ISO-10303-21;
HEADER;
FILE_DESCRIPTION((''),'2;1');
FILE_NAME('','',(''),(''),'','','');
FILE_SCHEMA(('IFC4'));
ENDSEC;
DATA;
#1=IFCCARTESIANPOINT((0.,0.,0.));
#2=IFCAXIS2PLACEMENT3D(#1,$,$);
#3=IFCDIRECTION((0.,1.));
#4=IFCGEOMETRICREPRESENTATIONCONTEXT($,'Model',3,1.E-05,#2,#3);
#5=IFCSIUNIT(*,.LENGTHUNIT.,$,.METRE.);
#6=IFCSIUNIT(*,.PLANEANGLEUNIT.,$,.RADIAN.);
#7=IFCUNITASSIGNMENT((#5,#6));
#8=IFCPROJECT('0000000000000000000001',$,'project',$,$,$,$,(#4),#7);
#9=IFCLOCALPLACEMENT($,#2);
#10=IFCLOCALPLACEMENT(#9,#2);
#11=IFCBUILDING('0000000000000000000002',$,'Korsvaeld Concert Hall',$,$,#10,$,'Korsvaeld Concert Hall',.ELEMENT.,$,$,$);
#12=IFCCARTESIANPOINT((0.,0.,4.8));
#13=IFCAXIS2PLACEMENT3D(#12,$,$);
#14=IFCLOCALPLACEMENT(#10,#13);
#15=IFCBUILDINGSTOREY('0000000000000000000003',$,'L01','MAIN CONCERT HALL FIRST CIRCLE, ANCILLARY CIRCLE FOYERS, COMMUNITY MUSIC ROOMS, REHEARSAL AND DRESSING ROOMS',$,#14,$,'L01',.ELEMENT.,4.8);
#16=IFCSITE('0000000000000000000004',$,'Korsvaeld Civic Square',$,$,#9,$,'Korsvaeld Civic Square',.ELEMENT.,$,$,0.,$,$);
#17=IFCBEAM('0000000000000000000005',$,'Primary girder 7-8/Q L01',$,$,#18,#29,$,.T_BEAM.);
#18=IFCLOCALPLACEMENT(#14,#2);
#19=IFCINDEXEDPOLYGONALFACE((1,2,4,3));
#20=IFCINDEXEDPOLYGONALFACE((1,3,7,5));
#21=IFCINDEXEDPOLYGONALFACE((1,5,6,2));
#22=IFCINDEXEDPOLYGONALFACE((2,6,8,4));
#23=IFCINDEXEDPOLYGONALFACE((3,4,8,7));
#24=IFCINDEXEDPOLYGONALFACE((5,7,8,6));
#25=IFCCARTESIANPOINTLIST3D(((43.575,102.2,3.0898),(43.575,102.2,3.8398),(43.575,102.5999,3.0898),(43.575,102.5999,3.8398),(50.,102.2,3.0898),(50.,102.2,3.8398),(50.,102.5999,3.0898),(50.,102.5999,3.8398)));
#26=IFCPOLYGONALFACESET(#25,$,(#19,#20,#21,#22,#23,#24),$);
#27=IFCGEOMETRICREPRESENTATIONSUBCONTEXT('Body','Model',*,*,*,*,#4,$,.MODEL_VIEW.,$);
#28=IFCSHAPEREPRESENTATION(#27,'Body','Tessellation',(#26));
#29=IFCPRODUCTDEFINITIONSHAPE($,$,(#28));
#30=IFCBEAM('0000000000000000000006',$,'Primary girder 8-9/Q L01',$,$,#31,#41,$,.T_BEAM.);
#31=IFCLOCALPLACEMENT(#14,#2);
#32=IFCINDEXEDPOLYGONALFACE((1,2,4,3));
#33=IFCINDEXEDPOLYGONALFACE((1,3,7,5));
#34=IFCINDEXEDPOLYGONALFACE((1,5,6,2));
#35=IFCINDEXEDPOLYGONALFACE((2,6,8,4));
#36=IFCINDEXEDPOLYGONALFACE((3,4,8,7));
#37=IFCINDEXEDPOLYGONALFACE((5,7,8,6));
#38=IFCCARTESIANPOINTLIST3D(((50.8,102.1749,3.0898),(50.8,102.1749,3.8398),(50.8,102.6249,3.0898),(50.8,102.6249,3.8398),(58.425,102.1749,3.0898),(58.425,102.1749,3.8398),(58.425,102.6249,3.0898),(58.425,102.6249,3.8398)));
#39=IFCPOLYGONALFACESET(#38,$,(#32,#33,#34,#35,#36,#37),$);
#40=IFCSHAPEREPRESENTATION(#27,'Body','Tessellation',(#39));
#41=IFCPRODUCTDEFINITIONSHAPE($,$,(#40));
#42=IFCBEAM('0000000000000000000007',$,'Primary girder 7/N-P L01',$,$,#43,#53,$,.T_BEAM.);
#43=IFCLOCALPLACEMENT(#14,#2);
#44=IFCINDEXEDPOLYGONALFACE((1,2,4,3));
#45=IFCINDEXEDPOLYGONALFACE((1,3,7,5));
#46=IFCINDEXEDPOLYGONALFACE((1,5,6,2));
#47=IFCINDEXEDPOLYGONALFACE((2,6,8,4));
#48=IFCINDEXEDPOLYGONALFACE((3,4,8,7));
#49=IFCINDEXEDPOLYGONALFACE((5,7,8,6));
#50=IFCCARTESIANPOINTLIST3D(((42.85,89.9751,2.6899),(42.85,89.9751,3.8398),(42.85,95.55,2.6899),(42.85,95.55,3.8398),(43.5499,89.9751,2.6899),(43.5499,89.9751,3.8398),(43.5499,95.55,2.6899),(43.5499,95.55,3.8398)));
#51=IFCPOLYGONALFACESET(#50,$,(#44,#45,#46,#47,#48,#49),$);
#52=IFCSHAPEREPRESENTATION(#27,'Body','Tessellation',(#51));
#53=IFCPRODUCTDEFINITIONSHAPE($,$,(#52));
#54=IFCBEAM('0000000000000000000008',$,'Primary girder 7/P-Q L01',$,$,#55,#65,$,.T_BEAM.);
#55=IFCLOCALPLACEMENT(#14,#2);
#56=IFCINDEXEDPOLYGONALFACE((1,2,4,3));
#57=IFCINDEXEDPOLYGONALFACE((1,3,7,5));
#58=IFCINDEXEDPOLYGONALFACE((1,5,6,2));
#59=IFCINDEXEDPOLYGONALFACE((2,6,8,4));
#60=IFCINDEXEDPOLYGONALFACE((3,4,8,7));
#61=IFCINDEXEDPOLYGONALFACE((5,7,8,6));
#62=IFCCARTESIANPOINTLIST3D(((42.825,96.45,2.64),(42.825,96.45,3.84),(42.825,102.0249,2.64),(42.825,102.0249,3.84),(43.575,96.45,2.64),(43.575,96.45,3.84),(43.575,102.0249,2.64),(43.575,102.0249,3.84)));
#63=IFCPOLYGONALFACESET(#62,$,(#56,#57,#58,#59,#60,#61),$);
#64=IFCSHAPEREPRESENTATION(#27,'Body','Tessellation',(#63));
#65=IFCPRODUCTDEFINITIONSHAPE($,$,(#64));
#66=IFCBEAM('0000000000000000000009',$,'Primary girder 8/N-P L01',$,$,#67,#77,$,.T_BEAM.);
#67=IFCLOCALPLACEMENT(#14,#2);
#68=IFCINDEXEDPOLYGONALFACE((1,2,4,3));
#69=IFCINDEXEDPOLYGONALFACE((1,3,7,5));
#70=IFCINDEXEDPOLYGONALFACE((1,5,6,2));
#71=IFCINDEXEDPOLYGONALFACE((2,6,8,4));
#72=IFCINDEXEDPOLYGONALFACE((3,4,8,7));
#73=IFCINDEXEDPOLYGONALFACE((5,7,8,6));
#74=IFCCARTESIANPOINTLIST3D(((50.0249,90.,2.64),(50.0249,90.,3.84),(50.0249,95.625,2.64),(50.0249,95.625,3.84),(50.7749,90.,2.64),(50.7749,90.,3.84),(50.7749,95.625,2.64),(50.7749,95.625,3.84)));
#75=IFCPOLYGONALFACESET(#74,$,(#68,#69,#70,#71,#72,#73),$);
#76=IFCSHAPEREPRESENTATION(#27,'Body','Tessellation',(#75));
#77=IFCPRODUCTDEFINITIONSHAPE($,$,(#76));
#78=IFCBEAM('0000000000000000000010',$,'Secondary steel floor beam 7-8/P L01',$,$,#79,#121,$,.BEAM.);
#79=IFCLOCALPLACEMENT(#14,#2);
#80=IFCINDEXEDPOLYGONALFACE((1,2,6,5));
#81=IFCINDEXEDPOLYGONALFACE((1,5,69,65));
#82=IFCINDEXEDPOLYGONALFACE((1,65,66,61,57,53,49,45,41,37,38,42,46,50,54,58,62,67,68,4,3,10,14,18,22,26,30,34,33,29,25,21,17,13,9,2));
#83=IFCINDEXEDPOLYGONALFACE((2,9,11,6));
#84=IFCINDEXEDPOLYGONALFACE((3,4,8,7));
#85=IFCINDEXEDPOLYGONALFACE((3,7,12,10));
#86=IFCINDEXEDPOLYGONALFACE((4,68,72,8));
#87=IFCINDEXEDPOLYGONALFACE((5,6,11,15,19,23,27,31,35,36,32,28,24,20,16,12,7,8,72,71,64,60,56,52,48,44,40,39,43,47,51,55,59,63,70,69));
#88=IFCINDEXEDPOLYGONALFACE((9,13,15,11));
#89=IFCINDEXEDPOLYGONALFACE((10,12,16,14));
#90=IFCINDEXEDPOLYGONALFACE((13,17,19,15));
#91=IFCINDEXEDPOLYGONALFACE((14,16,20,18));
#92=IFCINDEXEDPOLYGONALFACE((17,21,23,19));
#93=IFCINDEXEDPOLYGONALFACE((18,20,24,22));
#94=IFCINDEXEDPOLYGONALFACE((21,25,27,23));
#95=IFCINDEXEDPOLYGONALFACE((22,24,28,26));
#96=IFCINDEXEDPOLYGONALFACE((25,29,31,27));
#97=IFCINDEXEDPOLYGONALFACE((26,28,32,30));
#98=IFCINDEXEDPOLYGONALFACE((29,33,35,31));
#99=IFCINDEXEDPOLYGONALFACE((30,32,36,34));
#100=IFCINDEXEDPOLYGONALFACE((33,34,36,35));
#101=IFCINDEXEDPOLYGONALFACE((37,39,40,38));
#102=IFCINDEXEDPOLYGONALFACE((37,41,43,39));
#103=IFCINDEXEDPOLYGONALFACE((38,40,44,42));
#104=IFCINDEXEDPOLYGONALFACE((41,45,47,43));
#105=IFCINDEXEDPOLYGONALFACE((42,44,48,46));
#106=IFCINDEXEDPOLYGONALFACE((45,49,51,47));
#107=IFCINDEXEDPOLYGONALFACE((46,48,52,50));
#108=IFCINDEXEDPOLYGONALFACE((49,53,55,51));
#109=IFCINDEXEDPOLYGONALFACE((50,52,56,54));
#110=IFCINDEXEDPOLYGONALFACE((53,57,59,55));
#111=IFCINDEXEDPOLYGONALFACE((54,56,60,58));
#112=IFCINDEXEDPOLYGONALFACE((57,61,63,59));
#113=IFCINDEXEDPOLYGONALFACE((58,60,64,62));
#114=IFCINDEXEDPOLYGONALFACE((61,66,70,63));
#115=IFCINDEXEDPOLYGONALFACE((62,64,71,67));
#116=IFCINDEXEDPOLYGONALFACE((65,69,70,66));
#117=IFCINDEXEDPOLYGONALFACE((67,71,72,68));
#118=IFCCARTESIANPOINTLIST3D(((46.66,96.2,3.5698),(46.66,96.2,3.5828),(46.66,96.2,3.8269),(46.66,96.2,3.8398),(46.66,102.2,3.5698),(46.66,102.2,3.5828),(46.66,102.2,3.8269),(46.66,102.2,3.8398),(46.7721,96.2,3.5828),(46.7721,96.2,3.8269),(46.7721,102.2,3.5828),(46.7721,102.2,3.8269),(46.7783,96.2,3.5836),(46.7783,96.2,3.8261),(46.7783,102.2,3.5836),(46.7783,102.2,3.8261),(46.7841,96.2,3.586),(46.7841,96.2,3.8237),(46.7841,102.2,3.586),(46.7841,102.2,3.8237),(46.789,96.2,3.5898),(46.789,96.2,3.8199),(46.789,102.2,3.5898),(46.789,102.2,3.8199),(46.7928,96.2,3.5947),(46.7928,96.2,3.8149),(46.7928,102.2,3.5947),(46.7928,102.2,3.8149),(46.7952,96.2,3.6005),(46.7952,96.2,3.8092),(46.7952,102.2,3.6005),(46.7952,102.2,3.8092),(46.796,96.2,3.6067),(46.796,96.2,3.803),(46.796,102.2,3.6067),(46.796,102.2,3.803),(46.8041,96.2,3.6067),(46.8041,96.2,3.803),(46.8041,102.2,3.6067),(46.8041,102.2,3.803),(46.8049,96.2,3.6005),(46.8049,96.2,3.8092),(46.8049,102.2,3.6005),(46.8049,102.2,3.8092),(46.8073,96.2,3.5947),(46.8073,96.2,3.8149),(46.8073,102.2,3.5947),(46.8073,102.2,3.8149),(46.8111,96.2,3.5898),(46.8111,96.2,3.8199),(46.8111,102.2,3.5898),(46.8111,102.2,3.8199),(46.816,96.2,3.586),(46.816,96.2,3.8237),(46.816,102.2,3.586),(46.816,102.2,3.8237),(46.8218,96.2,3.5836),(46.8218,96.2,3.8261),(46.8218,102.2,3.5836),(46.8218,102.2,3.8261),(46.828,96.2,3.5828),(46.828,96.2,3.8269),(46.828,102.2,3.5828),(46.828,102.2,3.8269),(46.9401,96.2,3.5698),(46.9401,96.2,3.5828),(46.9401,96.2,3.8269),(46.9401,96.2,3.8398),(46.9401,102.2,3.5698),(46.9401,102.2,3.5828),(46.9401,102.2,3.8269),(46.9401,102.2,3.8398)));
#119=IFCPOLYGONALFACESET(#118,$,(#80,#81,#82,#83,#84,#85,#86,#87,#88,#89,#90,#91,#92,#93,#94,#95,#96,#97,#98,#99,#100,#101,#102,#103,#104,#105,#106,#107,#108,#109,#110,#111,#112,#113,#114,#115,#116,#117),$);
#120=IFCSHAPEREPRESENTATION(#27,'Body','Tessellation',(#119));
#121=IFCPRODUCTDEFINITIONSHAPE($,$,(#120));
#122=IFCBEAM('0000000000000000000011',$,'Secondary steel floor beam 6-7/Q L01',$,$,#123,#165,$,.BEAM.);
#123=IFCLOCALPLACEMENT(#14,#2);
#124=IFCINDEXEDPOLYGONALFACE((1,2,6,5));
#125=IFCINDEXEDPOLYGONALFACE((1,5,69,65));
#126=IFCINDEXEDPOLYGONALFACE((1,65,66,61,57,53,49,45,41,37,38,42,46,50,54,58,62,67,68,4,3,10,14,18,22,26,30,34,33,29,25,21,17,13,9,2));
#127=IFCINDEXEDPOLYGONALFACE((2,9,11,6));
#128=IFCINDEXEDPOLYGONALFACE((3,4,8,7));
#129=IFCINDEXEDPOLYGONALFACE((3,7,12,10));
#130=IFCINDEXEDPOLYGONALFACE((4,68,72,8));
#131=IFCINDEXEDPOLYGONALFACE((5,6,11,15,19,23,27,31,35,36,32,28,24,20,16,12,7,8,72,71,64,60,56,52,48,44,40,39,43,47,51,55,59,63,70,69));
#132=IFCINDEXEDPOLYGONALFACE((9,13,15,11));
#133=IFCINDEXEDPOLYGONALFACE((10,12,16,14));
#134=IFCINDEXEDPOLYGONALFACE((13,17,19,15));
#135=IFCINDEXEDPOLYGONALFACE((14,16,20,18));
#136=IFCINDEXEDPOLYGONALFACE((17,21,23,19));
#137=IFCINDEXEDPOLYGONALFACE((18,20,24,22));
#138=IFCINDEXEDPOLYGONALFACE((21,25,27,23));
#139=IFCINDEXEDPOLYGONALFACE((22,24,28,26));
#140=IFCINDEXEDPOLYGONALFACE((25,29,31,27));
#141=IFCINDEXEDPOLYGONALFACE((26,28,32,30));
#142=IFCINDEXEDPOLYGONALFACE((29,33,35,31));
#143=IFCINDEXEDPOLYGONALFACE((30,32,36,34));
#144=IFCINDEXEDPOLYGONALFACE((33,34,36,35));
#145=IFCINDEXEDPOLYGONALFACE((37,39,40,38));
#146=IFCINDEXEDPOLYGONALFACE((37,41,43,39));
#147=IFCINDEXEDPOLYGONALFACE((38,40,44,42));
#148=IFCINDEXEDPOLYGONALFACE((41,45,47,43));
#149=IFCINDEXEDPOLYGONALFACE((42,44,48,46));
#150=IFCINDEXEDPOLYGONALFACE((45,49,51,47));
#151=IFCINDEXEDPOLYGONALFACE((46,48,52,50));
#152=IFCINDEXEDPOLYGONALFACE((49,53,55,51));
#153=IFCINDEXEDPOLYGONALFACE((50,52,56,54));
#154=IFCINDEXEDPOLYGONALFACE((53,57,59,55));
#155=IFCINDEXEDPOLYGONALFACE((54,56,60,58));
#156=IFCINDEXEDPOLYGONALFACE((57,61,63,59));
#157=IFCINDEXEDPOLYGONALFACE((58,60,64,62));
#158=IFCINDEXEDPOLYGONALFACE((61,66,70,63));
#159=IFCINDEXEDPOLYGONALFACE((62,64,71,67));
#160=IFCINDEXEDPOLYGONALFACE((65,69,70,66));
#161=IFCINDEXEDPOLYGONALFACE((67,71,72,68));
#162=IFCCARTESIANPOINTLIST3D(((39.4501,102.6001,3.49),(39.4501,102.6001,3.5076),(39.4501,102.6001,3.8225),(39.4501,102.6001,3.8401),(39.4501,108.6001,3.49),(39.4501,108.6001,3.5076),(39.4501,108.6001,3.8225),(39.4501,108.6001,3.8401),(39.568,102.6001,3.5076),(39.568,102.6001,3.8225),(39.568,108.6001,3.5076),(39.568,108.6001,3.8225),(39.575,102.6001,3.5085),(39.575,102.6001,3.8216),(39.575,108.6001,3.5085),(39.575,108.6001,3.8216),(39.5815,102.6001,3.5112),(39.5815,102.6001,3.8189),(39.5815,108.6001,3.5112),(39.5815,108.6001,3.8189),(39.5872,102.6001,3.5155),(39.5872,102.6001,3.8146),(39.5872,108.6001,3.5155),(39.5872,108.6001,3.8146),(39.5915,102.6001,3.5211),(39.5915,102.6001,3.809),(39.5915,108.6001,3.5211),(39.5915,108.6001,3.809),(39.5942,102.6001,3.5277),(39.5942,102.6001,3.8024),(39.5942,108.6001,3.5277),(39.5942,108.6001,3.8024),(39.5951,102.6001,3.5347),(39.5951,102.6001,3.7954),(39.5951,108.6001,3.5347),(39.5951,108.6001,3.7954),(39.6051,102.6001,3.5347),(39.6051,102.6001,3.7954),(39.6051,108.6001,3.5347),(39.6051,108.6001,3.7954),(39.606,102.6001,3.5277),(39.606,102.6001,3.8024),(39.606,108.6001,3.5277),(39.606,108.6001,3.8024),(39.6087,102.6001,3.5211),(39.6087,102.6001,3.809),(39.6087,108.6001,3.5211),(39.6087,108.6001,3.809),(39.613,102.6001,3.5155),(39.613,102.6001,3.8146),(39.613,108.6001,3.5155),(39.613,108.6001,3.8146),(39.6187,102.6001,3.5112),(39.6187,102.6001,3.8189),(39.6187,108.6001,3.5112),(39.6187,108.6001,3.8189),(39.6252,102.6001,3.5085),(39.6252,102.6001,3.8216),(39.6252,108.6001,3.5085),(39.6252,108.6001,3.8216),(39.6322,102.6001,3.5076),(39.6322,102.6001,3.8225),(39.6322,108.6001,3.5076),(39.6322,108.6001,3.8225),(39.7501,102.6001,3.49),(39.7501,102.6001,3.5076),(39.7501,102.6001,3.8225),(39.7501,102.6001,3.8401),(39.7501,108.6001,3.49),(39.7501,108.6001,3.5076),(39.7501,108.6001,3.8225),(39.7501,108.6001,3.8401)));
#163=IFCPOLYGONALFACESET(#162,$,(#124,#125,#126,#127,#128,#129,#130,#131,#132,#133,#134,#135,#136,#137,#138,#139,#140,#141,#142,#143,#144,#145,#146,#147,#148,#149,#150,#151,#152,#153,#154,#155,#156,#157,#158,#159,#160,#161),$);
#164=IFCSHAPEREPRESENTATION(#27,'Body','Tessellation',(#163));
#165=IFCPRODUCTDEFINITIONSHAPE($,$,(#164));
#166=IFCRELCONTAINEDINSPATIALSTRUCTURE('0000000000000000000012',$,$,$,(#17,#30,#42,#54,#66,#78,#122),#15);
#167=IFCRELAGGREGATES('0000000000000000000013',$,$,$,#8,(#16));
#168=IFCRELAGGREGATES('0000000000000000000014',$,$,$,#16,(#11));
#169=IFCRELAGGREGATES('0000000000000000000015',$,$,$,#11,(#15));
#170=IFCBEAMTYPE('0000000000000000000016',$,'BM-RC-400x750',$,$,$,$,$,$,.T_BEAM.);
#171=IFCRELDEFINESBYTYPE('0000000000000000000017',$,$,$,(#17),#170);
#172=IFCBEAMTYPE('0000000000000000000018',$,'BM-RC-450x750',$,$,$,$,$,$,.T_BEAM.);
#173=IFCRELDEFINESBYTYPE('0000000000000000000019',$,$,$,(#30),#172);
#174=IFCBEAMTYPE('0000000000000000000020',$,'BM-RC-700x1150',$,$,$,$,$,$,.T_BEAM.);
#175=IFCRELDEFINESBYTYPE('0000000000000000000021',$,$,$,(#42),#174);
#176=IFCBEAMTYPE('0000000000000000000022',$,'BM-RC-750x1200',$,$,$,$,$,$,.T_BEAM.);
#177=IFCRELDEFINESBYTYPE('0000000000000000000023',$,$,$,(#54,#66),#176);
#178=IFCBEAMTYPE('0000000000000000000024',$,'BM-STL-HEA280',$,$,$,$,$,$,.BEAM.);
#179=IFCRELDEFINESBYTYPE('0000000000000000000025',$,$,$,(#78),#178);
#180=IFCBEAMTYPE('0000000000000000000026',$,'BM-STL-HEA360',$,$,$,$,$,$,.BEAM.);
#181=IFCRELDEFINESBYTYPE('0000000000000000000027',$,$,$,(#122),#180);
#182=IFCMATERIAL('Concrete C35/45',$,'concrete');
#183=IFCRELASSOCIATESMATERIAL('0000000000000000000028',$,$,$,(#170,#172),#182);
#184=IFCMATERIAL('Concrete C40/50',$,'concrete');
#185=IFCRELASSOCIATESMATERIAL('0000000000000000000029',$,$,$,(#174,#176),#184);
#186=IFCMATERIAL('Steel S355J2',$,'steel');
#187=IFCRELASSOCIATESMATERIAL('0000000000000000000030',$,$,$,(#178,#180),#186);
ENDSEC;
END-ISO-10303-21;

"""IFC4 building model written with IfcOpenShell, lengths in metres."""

from ifc_helpers import new_model, si_unit, direction, frame, origin, origin_2d, place, context, subcontext, project, spatial, rectangle, i_section, extrude, material, material_profile, profile_set, type_object, element, save


model = new_model("IFC4")

# Units and contexts
model_context = context("Model", 3, precision=1e-05, world=origin(), true_north=direction((0.0, 1.0)))
body_context = subcontext(model_context, "Body", "Model", "MODEL_VIEW")
ifc_project = project(units=[si_unit("LENGTHUNIT", "METRE"), si_unit("PLANEANGLEUNIT", "RADIAN")], contexts=[model_context])

# Site, building, storey
site_placement = place(None, origin())
site = spatial("IfcSite", under=ifc_project, at=site_placement, Name="Korsvaeld Civic Square", LongName="Korsvaeld Civic Square", CompositionType="ELEMENT", RefElevation=0.0)
building_placement = place(site_placement, origin())
building = spatial("IfcBuilding", under=site, at=building_placement, Name="Korsvaeld Concert Hall", LongName="Korsvaeld Concert Hall", CompositionType="ELEMENT")
storey_placement = place(building_placement, frame((0.0, 0.0, 4.8)))
storey = spatial("IfcBuildingStorey", under=building, at=storey_placement, Name="L01", Description="MAIN CONCERT HALL FIRST CIRCLE, ANCILLARY CIRCLE FOYERS, COMMUNITY MUSIC ROOMS, REHEARSAL AND DRESSING ROOMS", LongName="L01", CompositionType="ELEMENT", Elevation=4.8)

# Shared definitions
ifc_material_1 = material(Name="Concrete C40/50", Category="concrete")

# Beams
ifc_material_2 = material(Name="Concrete C35/45", Category="concrete")
ifc_material_profile_1 = material_profile(ifc_material_2, rectangle(XDim=0.3999, YDim=0.75, at=origin_2d()), Name="RC 400x750")
ifc_profile_set_1 = profile_set([ifc_material_profile_1], Name="Concrete C35/45")
beam_type_1 = type_object("IfcBeamType", Name="BM-RC-400x750", PredefinedType="T_BEAM", material=ifc_profile_set_1)
beam_1_placement = place(storey_placement, frame((43.575, 102.3999, 3.4648), z_axis=(1.0, 0.0, 0.0), x_axis=(0.0, 1.0, 0.0)))
element("IfcBeam", 1, at=beam_1_placement, inside=storey, type_object=beam_type_1, Name="Primary girder 7-8/Q L01", PredefinedType="T_BEAM", context=body_context, shape_type="SweptSolid", body=[
    extrude(rectangle(XDim=0.3999, YDim=0.75, at=origin_2d()), origin(), (0.0, 0.0, 1.0), 6.425),
])
ifc_material_profile_2 = material_profile(ifc_material_2, rectangle(XDim=0.45, YDim=0.75, at=origin_2d()), Name="RC 450x750")
ifc_profile_set_2 = profile_set([ifc_material_profile_2], Name="Concrete C35/45")
beam_type_2 = type_object("IfcBeamType", Name="BM-RC-450x750", PredefinedType="T_BEAM", material=ifc_profile_set_2)
beam_2_placement = place(storey_placement, frame((50.8, 102.3999, 3.4648), z_axis=(1.0, 0.0, 0.0), x_axis=(0.0, 1.0, 0.0)))
element("IfcBeam", 2, at=beam_2_placement, inside=storey, type_object=beam_type_2, Name="Primary girder 8-9/Q L01", PredefinedType="T_BEAM", context=body_context, shape_type="SweptSolid", body=[
    extrude(rectangle(XDim=0.45, YDim=0.75, at=origin_2d()), origin(), (0.0, 0.0, 1.0), 7.625),
])
ifc_material_profile_3 = material_profile(ifc_material_1, rectangle(XDim=0.7, YDim=1.1499, at=origin_2d()), Name="RC 700x1150")
ifc_profile_set_3 = profile_set([ifc_material_profile_3], Name="Concrete C40/50")
beam_type_3 = type_object("IfcBeamType", Name="BM-RC-700x1150", PredefinedType="T_BEAM", material=ifc_profile_set_3)
beam_3_placement = place(storey_placement, frame((43.2, 89.9751, 3.2649), z_axis=(0.0, 1.0, 0.0), x_axis=(-1.0, 0.0, 0.0)))
element("IfcBeam", 3, at=beam_3_placement, inside=storey, type_object=beam_type_3, Name="Primary girder 7/N-P L01", PredefinedType="T_BEAM", context=body_context, shape_type="SweptSolid", body=[
    extrude(rectangle(XDim=0.7, YDim=1.1499, at=origin_2d()), origin(), (0.0, 0.0, 1.0), 5.575),
])
ifc_material_profile_4 = material_profile(ifc_material_1, rectangle(XDim=0.75, YDim=1.2, at=origin_2d()), Name="RC 750x1200")
ifc_profile_set_4 = profile_set([ifc_material_profile_4], Name="Concrete C40/50")
beam_type_4 = type_object("IfcBeamType", Name="BM-RC-750x1200", PredefinedType="T_BEAM", material=ifc_profile_set_4)
beam_4_placement = place(storey_placement, frame((43.2, 96.45, 3.24), z_axis=(0.0, 1.0, 0.0), x_axis=(-1.0, 0.0, 0.0)))
element("IfcBeam", 4, at=beam_4_placement, inside=storey, type_object=beam_type_4, Name="Primary girder 7/P-Q L01", PredefinedType="T_BEAM", context=body_context, shape_type="SweptSolid", body=[
    extrude(rectangle(XDim=0.75, YDim=1.2, at=origin_2d()), origin(), (0.0, 0.0, 1.0), 5.575),
])
beam_5_placement = place(storey_placement, frame((50.3999, 90.0, 3.24), z_axis=(0.0, 1.0, 0.0), x_axis=(-1.0, 0.0, 0.0)))
element("IfcBeam", 5, at=beam_5_placement, inside=storey, type_object=beam_type_4, Name="Primary girder 8/N-P L01", PredefinedType="T_BEAM", context=body_context, shape_type="SweptSolid", body=[
    extrude(rectangle(XDim=0.75, YDim=1.2, at=origin_2d()), origin(), (0.0, 0.0, 1.0), 5.625),
])
ifc_material_3 = material(Name="Steel S355J2", Category="steel")
ifc_material_profile_5 = material_profile(ifc_material_3, i_section(OverallWidth=0.28, OverallDepth=0.27, WebThickness=0.0081, FlangeThickness=0.0129, FilletRadius=0.0239, at=origin_2d()), Name="HEA 280")
ifc_profile_set_5 = profile_set([ifc_material_profile_5], Name="Steel S355J2")
beam_type_5 = type_object("IfcBeamType", Name="BM-STL-HEA280", PredefinedType="BEAM", material=ifc_profile_set_5)
beam_6_placement = place(storey_placement, frame((46.8, 96.2, 3.7048), z_axis=(0.0, 1.0, 0.0), x_axis=(-1.0, 0.0, 0.0)))
element("IfcBeam", 6, at=beam_6_placement, inside=storey, type_object=beam_type_5, Name="Secondary steel floor beam 7-8/P L01", PredefinedType="BEAM", context=body_context, shape_type="SweptSolid", body=[
    extrude(i_section(OverallWidth=0.28, OverallDepth=0.27, WebThickness=0.0081, FlangeThickness=0.0129, FilletRadius=0.0239, at=origin_2d()), origin(), (0.0, 0.0, 1.0), 6.0),
])
ifc_material_profile_6 = material_profile(ifc_material_3, i_section(OverallWidth=0.3, OverallDepth=0.3501, WebThickness=0.01, FlangeThickness=0.0176, FilletRadius=0.0271, at=origin_2d()), Name="HEA 360")
ifc_profile_set_6 = profile_set([ifc_material_profile_6], Name="Steel S355J2")
beam_type_6 = type_object("IfcBeamType", Name="BM-STL-HEA360", PredefinedType="BEAM", material=ifc_profile_set_6)
beam_7_placement = place(storey_placement, frame((39.6001, 102.6001, 3.665), z_axis=(0.0, 1.0, 0.0), x_axis=(-1.0, 0.0, 0.0)))
element("IfcBeam", 7, at=beam_7_placement, inside=storey, type_object=beam_type_6, Name="Secondary steel floor beam 6-7/Q L01", PredefinedType="BEAM", context=body_context, shape_type="SweptSolid", body=[
    extrude(i_section(OverallWidth=0.3, OverallDepth=0.3501, WebThickness=0.01, FlangeThickness=0.0176, FilletRadius=0.0271, at=origin_2d()), origin(), (0.0, 0.0, 1.0), 6.0),
])

save(model, "model.ifc")
